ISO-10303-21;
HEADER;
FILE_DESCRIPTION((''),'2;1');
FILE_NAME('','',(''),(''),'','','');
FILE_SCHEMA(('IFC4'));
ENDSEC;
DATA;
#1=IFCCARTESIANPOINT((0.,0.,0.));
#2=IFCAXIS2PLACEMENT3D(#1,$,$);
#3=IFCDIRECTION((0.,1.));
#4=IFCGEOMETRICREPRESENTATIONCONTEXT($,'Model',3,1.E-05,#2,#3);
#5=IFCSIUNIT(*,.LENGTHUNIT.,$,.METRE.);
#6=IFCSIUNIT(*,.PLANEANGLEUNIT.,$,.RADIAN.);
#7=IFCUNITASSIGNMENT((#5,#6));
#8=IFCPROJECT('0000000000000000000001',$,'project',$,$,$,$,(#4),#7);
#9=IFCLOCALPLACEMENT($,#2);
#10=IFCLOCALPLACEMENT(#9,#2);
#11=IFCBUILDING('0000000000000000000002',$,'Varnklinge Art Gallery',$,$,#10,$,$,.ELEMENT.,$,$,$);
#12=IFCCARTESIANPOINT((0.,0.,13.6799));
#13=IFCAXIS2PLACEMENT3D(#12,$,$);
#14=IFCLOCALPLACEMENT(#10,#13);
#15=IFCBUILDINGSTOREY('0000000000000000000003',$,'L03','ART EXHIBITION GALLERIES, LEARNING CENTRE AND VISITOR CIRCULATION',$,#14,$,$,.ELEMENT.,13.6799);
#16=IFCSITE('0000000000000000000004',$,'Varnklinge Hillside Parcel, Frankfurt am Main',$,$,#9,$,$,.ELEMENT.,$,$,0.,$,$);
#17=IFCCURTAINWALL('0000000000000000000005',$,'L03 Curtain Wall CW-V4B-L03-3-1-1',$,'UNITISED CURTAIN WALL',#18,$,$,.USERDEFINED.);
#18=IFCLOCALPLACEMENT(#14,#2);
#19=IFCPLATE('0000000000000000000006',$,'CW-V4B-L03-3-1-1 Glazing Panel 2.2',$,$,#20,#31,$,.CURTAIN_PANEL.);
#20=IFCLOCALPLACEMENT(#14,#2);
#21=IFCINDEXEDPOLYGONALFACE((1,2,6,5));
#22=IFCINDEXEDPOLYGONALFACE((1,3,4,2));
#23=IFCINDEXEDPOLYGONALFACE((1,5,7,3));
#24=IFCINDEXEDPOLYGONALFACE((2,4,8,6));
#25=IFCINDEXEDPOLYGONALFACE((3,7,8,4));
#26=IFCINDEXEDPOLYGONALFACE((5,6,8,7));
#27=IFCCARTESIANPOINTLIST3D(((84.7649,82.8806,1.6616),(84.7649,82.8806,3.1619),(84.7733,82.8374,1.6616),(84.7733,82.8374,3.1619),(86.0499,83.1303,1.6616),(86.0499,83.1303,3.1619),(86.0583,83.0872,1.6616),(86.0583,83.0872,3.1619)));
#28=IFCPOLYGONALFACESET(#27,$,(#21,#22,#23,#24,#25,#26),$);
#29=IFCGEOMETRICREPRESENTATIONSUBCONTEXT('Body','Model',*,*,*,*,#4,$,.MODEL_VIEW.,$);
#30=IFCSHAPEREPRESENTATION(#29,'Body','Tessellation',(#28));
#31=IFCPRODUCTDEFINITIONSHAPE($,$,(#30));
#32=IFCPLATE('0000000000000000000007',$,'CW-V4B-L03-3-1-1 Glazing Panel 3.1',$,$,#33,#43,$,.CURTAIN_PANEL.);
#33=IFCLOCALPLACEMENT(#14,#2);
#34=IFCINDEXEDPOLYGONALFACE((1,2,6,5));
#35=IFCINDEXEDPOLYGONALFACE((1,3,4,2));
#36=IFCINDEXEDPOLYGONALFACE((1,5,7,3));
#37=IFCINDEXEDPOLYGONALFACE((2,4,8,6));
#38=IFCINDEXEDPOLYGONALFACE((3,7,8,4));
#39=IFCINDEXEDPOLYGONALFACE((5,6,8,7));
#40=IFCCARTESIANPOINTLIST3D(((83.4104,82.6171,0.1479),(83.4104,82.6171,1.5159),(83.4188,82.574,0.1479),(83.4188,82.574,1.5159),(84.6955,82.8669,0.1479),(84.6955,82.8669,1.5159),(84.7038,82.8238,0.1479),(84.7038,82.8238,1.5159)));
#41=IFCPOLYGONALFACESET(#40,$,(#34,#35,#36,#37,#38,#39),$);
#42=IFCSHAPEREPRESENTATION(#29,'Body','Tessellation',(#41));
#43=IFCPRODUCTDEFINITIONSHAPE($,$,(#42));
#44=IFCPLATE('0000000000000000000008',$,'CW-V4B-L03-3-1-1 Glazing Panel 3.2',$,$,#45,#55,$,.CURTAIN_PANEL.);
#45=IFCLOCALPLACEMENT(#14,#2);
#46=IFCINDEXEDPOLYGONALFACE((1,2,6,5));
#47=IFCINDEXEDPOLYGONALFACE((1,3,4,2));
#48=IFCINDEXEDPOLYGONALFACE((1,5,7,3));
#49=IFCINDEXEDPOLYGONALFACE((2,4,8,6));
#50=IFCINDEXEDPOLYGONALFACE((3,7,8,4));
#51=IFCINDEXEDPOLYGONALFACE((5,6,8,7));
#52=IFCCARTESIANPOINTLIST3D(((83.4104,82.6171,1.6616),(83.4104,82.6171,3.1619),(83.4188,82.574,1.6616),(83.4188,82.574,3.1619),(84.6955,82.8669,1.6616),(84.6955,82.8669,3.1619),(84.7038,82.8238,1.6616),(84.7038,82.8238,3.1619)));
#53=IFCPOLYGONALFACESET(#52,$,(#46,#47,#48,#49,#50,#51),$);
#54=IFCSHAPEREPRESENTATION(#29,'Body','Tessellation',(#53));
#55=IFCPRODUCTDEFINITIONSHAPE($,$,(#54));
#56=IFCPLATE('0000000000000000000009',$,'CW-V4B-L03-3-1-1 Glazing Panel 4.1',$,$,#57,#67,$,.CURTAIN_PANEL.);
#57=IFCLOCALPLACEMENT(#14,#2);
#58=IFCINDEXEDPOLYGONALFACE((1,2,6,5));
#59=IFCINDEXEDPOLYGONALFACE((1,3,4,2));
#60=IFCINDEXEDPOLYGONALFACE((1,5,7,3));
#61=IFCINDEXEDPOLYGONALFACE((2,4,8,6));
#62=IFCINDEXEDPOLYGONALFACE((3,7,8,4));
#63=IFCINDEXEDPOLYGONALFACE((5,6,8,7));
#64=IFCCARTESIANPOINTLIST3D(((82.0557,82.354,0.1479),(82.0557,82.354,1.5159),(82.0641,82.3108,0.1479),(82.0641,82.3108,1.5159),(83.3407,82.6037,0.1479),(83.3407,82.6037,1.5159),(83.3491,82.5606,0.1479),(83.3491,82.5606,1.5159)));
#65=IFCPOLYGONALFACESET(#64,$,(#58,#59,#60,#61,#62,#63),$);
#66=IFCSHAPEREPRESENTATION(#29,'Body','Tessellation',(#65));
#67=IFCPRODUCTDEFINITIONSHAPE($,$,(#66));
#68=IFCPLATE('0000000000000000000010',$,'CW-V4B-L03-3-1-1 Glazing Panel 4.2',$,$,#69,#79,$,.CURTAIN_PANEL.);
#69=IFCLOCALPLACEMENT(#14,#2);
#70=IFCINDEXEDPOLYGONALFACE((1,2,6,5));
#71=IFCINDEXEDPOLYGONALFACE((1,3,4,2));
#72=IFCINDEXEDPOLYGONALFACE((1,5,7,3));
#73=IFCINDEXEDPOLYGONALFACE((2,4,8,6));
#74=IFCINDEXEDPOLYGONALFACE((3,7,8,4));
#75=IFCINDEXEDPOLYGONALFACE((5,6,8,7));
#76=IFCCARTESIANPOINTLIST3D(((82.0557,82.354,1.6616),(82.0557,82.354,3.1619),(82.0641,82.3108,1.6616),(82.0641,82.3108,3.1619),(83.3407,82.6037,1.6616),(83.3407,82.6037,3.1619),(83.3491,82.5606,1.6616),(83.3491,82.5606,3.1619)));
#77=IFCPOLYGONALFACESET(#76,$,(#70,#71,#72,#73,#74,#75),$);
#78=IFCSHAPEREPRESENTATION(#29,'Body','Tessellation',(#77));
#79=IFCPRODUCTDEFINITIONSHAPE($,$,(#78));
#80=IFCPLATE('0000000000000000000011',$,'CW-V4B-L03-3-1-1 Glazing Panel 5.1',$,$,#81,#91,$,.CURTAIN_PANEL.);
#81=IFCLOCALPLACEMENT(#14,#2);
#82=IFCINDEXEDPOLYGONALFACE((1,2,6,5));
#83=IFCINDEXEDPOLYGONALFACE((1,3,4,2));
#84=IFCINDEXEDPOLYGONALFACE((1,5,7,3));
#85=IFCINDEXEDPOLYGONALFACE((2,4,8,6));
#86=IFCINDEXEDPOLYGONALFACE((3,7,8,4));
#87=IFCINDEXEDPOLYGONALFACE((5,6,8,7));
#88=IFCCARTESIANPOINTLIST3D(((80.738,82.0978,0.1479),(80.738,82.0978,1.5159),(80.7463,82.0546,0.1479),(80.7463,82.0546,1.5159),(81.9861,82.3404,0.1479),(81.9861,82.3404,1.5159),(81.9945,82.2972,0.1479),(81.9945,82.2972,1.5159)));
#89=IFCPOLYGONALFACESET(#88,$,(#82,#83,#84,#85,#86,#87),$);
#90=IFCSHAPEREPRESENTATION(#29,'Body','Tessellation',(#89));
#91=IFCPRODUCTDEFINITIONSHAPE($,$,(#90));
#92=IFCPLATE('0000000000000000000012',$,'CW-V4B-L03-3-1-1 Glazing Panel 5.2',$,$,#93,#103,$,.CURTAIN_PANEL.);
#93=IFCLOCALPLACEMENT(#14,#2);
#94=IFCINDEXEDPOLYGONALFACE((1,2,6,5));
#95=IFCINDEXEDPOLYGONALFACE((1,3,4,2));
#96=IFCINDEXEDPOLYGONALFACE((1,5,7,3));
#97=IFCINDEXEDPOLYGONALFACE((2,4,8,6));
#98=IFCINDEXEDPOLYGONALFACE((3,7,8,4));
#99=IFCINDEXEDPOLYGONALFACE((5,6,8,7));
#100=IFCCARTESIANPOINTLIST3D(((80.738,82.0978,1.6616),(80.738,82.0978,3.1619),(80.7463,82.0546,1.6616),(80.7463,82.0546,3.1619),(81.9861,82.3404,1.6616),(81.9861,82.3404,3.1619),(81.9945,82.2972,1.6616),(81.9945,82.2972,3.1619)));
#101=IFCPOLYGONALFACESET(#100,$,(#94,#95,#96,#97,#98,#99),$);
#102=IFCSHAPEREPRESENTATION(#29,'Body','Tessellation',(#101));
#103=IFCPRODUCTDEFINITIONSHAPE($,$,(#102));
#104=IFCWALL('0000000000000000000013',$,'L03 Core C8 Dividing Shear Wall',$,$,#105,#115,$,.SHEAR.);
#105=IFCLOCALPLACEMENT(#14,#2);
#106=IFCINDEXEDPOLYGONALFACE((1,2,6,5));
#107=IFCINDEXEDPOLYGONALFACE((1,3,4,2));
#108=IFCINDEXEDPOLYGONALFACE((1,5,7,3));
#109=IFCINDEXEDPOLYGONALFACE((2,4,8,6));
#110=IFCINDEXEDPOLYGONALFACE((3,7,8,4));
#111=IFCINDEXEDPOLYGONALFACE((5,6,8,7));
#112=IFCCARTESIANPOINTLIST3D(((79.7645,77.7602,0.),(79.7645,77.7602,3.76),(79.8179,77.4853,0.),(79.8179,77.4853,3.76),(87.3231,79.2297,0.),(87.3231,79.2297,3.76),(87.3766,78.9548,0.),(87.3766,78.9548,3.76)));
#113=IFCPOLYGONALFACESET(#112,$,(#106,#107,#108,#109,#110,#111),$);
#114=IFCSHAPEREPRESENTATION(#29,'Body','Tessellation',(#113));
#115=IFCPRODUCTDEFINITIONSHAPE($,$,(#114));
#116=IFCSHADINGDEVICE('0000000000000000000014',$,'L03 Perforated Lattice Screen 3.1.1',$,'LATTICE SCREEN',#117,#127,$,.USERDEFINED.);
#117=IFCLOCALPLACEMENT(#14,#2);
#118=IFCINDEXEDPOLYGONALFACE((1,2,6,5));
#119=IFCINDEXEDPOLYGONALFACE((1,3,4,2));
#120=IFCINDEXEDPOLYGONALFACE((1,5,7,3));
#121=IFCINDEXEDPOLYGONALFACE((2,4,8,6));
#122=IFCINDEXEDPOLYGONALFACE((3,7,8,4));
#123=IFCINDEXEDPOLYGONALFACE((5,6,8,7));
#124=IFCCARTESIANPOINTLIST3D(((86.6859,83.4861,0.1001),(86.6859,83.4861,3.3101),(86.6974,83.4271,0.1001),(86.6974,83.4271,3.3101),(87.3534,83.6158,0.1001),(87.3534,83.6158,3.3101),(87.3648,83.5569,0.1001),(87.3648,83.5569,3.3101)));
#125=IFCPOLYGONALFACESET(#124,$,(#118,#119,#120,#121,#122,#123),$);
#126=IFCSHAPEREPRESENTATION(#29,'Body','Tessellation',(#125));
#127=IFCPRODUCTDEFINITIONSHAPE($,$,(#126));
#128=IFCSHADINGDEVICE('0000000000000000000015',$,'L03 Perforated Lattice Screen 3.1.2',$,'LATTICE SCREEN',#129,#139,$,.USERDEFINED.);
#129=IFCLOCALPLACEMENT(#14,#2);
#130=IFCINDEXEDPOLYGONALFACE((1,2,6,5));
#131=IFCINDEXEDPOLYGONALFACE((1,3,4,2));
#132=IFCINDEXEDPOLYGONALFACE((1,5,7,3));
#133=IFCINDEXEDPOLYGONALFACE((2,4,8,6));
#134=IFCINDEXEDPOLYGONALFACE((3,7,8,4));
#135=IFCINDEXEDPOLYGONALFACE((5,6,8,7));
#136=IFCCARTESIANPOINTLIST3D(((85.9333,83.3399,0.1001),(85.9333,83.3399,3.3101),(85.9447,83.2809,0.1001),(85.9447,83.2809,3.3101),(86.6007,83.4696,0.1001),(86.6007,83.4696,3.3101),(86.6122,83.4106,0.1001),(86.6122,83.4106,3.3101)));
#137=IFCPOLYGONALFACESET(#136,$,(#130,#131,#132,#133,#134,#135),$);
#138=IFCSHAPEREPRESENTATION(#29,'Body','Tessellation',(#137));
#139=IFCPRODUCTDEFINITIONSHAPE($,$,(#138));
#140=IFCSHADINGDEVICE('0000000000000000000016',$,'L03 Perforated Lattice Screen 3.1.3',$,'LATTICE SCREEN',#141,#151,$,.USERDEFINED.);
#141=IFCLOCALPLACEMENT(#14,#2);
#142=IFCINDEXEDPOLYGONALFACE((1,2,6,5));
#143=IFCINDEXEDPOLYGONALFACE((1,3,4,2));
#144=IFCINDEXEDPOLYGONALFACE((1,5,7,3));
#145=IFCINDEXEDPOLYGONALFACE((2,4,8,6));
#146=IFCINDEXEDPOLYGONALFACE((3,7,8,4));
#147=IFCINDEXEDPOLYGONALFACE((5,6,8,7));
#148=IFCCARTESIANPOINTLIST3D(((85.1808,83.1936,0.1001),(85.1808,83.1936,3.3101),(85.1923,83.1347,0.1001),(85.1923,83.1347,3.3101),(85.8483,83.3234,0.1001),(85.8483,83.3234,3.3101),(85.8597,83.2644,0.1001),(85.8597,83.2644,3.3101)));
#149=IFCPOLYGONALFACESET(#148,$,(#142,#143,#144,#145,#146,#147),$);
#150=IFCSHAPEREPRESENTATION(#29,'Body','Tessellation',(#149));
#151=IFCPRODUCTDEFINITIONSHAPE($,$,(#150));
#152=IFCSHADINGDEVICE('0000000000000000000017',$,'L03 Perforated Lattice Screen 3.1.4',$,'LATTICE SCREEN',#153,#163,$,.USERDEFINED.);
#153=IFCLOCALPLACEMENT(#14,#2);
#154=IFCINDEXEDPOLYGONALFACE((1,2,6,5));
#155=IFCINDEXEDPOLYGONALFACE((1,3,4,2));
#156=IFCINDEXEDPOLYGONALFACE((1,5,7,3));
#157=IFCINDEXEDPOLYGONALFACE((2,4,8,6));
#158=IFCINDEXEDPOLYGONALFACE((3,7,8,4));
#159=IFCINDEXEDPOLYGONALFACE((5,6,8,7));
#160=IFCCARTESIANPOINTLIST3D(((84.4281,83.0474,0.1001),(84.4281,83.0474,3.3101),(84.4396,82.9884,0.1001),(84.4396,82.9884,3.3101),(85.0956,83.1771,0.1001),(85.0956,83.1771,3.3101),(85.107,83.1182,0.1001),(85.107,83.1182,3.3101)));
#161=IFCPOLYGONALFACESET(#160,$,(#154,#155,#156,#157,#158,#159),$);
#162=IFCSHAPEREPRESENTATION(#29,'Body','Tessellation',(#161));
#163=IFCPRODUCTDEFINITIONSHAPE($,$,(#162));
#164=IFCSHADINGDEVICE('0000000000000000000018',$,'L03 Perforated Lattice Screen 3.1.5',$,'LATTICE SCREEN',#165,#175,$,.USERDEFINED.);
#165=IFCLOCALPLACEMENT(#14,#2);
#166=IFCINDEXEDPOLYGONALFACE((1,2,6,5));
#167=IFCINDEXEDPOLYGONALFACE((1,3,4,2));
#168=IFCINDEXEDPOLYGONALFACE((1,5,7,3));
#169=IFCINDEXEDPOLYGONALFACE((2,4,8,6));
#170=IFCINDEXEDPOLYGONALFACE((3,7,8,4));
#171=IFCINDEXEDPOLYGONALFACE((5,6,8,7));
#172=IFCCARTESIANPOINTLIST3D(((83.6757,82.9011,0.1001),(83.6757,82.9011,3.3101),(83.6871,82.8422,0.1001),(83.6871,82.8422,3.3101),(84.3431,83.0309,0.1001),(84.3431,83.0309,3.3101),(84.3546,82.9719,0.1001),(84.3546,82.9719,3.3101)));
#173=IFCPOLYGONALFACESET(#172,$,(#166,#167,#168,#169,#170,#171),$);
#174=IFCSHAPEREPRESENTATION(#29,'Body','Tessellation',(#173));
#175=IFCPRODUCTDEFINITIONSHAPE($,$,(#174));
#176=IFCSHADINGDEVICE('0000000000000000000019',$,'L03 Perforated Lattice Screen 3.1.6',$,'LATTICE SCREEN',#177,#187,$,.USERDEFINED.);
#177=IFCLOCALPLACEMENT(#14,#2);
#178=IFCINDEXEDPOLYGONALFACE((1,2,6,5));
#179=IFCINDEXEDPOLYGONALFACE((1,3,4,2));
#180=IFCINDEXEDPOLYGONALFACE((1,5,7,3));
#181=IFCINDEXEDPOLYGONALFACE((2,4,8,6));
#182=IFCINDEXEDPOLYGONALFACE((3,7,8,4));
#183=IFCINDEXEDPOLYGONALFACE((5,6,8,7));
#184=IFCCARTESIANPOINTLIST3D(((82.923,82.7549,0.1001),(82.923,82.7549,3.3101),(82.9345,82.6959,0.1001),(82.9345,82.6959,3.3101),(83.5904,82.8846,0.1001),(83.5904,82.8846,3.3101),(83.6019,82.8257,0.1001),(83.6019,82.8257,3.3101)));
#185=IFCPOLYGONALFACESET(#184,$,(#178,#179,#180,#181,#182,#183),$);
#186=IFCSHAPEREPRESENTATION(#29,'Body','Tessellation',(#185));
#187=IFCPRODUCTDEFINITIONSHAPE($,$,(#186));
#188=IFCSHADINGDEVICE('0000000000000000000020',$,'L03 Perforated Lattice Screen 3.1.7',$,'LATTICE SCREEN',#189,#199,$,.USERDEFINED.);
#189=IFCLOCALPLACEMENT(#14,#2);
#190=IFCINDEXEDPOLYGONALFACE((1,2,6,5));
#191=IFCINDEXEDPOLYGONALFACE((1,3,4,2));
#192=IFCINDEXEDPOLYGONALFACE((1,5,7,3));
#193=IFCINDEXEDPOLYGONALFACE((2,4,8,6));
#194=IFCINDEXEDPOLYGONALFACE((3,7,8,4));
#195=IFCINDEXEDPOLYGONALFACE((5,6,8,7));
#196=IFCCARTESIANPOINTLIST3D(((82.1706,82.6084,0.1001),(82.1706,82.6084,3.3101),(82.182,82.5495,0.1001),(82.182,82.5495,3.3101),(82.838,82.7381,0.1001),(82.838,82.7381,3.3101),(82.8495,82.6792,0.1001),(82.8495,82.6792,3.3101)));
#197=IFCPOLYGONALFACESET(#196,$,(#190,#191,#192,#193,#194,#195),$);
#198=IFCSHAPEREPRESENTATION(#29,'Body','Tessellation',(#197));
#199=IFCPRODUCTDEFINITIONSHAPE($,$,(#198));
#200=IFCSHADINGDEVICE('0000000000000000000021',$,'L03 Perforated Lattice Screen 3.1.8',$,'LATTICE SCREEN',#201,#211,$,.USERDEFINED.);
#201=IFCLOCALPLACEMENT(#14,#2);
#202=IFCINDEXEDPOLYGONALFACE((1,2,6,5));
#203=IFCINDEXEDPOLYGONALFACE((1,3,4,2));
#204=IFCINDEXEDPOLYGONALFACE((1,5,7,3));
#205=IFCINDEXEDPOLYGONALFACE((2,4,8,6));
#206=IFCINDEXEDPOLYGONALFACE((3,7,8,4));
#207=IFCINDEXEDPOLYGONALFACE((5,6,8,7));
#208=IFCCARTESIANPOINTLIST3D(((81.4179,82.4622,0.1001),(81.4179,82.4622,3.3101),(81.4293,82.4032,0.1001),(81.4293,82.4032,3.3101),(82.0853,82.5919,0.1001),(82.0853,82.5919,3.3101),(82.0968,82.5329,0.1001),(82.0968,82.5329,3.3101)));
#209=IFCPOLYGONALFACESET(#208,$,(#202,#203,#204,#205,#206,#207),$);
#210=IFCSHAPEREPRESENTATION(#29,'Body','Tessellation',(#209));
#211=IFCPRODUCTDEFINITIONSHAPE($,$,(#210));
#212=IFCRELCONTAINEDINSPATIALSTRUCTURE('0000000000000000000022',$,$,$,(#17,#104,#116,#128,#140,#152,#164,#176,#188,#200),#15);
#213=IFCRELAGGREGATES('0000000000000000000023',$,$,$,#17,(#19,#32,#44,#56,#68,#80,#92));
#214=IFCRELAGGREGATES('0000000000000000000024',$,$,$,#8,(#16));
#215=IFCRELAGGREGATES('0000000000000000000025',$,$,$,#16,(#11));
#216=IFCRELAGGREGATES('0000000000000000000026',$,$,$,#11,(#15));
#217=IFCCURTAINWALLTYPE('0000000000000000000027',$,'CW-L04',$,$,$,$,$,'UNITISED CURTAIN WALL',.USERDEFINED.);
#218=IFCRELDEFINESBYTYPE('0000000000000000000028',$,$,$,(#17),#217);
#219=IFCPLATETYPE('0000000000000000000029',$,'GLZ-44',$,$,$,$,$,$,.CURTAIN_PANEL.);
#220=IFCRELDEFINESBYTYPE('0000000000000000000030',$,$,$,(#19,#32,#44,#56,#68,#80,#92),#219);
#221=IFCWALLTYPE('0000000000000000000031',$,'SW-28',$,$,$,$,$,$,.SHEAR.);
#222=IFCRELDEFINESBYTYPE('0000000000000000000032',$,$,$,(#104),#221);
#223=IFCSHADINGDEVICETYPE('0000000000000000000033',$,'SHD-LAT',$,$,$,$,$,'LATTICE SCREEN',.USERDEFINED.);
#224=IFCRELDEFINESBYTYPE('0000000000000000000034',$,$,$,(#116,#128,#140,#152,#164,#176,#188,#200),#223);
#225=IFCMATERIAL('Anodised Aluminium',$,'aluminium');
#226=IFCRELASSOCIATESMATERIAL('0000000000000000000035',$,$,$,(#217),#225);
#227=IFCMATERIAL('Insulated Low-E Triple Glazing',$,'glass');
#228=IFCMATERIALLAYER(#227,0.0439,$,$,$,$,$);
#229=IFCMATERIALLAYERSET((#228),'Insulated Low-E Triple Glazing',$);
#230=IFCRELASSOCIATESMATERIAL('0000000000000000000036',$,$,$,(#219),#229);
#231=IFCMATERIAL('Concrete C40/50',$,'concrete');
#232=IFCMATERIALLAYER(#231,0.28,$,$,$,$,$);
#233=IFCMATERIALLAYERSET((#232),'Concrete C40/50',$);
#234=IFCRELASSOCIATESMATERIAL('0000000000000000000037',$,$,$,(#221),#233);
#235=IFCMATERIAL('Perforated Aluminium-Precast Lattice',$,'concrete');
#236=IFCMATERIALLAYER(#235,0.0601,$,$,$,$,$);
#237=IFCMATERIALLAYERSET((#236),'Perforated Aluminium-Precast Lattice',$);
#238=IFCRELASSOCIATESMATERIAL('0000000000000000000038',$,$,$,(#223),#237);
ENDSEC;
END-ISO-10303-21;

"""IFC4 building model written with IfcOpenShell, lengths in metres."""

from ifc_helpers import new_model, si_unit, direction, frame, frame_2d, origin, origin_2d, place, context, subcontext, project, spatial, rectangle, extrude, material, layer, layer_set, type_object, element, aggregate, save


model = new_model("IFC4")

# Units and contexts
model_context = context("Model", 3, precision=1e-05, world=origin(), true_north=direction((0.0, 1.0)))
body_context = subcontext(model_context, "Body", "Model", "MODEL_VIEW")
ifc_project = project(units=[si_unit("LENGTHUNIT", "METRE"), si_unit("PLANEANGLEUNIT", "RADIAN")], contexts=[model_context])

# Site, building, storey
site_placement = place(None, origin())
site = spatial("IfcSite", under=ifc_project, at=site_placement, Name="Varnklinge Hillside Parcel, Frankfurt am Main", CompositionType="ELEMENT", RefElevation=0.0)
building_placement = place(site_placement, origin())
building = spatial("IfcBuilding", under=site, at=building_placement, Name="Varnklinge Art Gallery", CompositionType="ELEMENT")
storey_placement = place(building_placement, frame((0.0, 0.0, 13.6799)))
storey = spatial("IfcBuildingStorey", under=building, at=storey_placement, Name="L03", Description="ART EXHIBITION GALLERIES, LEARNING CENTRE AND VISITOR CIRCULATION", CompositionType="ELEMENT", Elevation=13.6799)

# Curtain wall, plates
ifc_material_1 = material(Name="Anodised Aluminium", Category="aluminium")
curtain_wall_type = type_object("IfcCurtainWallType", Name="CW-L04", ElementType="UNITISED CURTAIN WALL", PredefinedType="USERDEFINED", material=ifc_material_1)
curtain_wall_placement = place(storey_placement, origin())
curtain_wall = element("IfcCurtainWall", 1, at=curtain_wall_placement, inside=storey, type_object=curtain_wall_type, Name="L03 Curtain Wall CW-V4B-L03-3-1-1", ObjectType="UNITISED CURTAIN WALL", PredefinedType="USERDEFINED")
ifc_material_2 = material(Name="Insulated Low-E Triple Glazing", Category="glass")
ifc_layer_1 = layer(ifc_material_2, 0.0439)
ifc_layer_set_1 = layer_set([ifc_layer_1], Name="Insulated Low-E Triple Glazing")
plate_type = type_object("IfcPlateType", Name="GLZ-44", PredefinedType="CURTAIN_PANEL", material=ifc_layer_set_1)
plate_1_placement = place(storey_placement, frame((85.4116, 82.9839, 1.6616), z_axis=(0.0, 0.0, 1.0), x_axis=(-0.981627, -0.190809, 0.0)))
plate_1 = element("IfcPlate", 2, at=plate_1_placement, type_object=plate_type, Name="CW-V4B-L03-3-1-1 Glazing Panel 2.2", PredefinedType="CURTAIN_PANEL", context=body_context, shape_type="SweptSolid", body=[
    extrude(rectangle(XDim=1.3091, YDim=0.0439, at=origin_2d()), origin(), (0.0, 0.0, 1.0), 1.5002),
])
plate_2_placement = place(storey_placement, frame((84.0571, 82.7205, 0.1479), z_axis=(0.0, 0.0, 1.0), x_axis=(-0.981627, -0.190809, 0.0)))
plate_2 = element("IfcPlate", 3, at=plate_2_placement, type_object=plate_type, Name="CW-V4B-L03-3-1-1 Glazing Panel 3.1", PredefinedType="CURTAIN_PANEL", context=body_context, shape_type="SweptSolid", body=[
    extrude(rectangle(XDim=1.3091, YDim=0.0439, at=origin_2d()), origin(), (0.0, 0.0, 1.0), 1.3679),
])
plate_3_placement = place(storey_placement, frame((84.0571, 82.7205, 1.6616), z_axis=(0.0, 0.0, 1.0), x_axis=(-0.981627, -0.190809, 0.0)))
plate_3 = element("IfcPlate", 4, at=plate_3_placement, type_object=plate_type, Name="CW-V4B-L03-3-1-1 Glazing Panel 3.2", PredefinedType="CURTAIN_PANEL", context=body_context, shape_type="SweptSolid", body=[
    extrude(rectangle(XDim=1.3091, YDim=0.0439, at=origin_2d()), origin(), (0.0, 0.0, 1.0), 1.5002),
])
plate_4_placement = place(storey_placement, frame((82.7024, 82.4573, 0.1479), z_axis=(0.0, 0.0, 1.0), x_axis=(-0.981627, -0.190809, 0.0)))
plate_4 = element("IfcPlate", 5, at=plate_4_placement, type_object=plate_type, Name="CW-V4B-L03-3-1-1 Glazing Panel 4.1", PredefinedType="CURTAIN_PANEL", context=body_context, shape_type="SweptSolid", body=[
    extrude(rectangle(XDim=1.3091, YDim=0.0439, at=origin_2d()), origin(), (0.0, 0.0, 1.0), 1.3679),
])
plate_5_placement = place(storey_placement, frame((82.7024, 82.4573, 1.6616), z_axis=(0.0, 0.0, 1.0), x_axis=(-0.981627, -0.190809, 0.0)))
plate_5 = element("IfcPlate", 6, at=plate_5_placement, type_object=plate_type, Name="CW-V4B-L03-3-1-1 Glazing Panel 4.2", PredefinedType="CURTAIN_PANEL", context=body_context, shape_type="SweptSolid", body=[
    extrude(rectangle(XDim=1.3091, YDim=0.0439, at=origin_2d()), origin(), (0.0, 0.0, 1.0), 1.5002),
])
plate_6_placement = place(storey_placement, frame((81.3662, 82.1975, 0.1479), z_axis=(0.0, 0.0, 1.0), x_axis=(-0.981627, -0.190809, 0.0)))
plate_6 = element("IfcPlate", 7, at=plate_6_placement, type_object=plate_type, Name="CW-V4B-L03-3-1-1 Glazing Panel 5.1", PredefinedType="CURTAIN_PANEL", context=body_context, shape_type="SweptSolid", body=[
    extrude(rectangle(XDim=1.2715, YDim=0.0439, at=origin_2d()), origin(), (0.0, 0.0, 1.0), 1.3679),
])
plate_7_placement = place(storey_placement, frame((81.3662, 82.1975, 1.6616), z_axis=(0.0, 0.0, 1.0), x_axis=(-0.981627, -0.190809, 0.0)))
plate_7 = element("IfcPlate", 8, at=plate_7_placement, type_object=plate_type, Name="CW-V4B-L03-3-1-1 Glazing Panel 5.2", PredefinedType="CURTAIN_PANEL", context=body_context, shape_type="SweptSolid", body=[
    extrude(rectangle(XDim=1.2715, YDim=0.0439, at=origin_2d()), origin(), (0.0, 0.0, 1.0), 1.5002),
])
aggregate(curtain_wall, [plate_1, plate_2, plate_3, plate_4, plate_5, plate_6, plate_7])

# Wall
ifc_material_3 = material(Name="Concrete C40/50", Category="concrete")
ifc_layer_2 = layer(ifc_material_3, 0.28)
ifc_layer_set_2 = layer_set([ifc_layer_2], Name="Concrete C40/50")
wall_type = type_object("IfcWallType", Name="SW-28", PredefinedType="SHEAR", material=ifc_layer_set_2)
wall_placement = place(storey_placement, frame((87.3499, 79.0923, 0.0), z_axis=(0.0, 0.0, 1.0), x_axis=(-0.981621, -0.190839, 0.0)))
element("IfcWall", 9, at=wall_placement, inside=storey, type_object=wall_type, Name="L03 Core C8 Dividing Shear Wall", PredefinedType="SHEAR", context=body_context, shape_type="SweptSolid", body=[
    extrude(rectangle(XDim=7.7002, YDim=0.28, at=frame_2d((3.8501, 0.0))), origin(), (0.0, 0.0, 1.0), 3.76),
])

# Shading devices
ifc_material_4 = material(Name="Perforated Aluminium-Precast Lattice", Category="concrete")
ifc_layer_3 = layer(ifc_material_4, 0.0601)
ifc_layer_set_3 = layer_set([ifc_layer_3], Name="Perforated Aluminium-Precast Lattice")
shading_device_type = type_object("IfcShadingDeviceType", Name="SHD-LAT", ElementType="LATTICE SCREEN", PredefinedType="USERDEFINED", material=ifc_layer_set_3)
for number, where, z_axis, x_axis, name in (
    (10, (87.0254, 83.5215, 0.1001), (0.0, 0.0, 1.0), (-0.981627, -0.190809, 0.0), "L03 Perforated Lattice Screen 3.1.1"),
    (11, (86.2727, 83.3752, 0.1001), (0.0, 0.0, 1.0), (-0.981627, -0.190809, 0.0), "L03 Perforated Lattice Screen 3.1.2"),
    (12, (85.5203, 83.229, 0.1001), (0.0, 0.0, 1.0), (-0.981627, -0.190809, 0.0), "L03 Perforated Lattice Screen 3.1.3"),
    (13, (84.7676, 83.0828, 0.1001), (0.0, 0.0, 1.0), (-0.981627, -0.190809, 0.0), "L03 Perforated Lattice Screen 3.1.4"),
    (14, (84.0151, 82.9365, 0.1001), (0.0, 0.0, 1.0), (-0.981627, -0.190809, 0.0), "L03 Perforated Lattice Screen 3.1.5"),
    (15, (83.2625, 82.7903, 0.1001), (0.0, 0.0, 1.0), (-0.981627, -0.190809, 0.0), "L03 Perforated Lattice Screen 3.1.6"),
    (16, (82.51, 82.6438, 0.1001), (0.0, 0.0, 1.0), (-0.981627, -0.190809, 0.0), "L03 Perforated Lattice Screen 3.1.7"),
    (17, (81.7573, 82.4976, 0.1001), (0.0, 0.0, 1.0), (-0.981627, -0.190809, 0.0), "L03 Perforated Lattice Screen 3.1.8"),
):
    element("IfcShadingDevice", number, at=place(storey_placement, frame(where, z_axis=z_axis, x_axis=x_axis)), inside=storey, type_object=shading_device_type, Name=name, ObjectType="LATTICE SCREEN", PredefinedType="USERDEFINED", context=body_context, shape_type="SweptSolid", body=[
        extrude(rectangle(XDim=0.6799, YDim=0.0601, at=origin_2d()), origin(), (0.0, 0.0, 1.0), 3.21),
    ])

save(model, "model.ifc")
